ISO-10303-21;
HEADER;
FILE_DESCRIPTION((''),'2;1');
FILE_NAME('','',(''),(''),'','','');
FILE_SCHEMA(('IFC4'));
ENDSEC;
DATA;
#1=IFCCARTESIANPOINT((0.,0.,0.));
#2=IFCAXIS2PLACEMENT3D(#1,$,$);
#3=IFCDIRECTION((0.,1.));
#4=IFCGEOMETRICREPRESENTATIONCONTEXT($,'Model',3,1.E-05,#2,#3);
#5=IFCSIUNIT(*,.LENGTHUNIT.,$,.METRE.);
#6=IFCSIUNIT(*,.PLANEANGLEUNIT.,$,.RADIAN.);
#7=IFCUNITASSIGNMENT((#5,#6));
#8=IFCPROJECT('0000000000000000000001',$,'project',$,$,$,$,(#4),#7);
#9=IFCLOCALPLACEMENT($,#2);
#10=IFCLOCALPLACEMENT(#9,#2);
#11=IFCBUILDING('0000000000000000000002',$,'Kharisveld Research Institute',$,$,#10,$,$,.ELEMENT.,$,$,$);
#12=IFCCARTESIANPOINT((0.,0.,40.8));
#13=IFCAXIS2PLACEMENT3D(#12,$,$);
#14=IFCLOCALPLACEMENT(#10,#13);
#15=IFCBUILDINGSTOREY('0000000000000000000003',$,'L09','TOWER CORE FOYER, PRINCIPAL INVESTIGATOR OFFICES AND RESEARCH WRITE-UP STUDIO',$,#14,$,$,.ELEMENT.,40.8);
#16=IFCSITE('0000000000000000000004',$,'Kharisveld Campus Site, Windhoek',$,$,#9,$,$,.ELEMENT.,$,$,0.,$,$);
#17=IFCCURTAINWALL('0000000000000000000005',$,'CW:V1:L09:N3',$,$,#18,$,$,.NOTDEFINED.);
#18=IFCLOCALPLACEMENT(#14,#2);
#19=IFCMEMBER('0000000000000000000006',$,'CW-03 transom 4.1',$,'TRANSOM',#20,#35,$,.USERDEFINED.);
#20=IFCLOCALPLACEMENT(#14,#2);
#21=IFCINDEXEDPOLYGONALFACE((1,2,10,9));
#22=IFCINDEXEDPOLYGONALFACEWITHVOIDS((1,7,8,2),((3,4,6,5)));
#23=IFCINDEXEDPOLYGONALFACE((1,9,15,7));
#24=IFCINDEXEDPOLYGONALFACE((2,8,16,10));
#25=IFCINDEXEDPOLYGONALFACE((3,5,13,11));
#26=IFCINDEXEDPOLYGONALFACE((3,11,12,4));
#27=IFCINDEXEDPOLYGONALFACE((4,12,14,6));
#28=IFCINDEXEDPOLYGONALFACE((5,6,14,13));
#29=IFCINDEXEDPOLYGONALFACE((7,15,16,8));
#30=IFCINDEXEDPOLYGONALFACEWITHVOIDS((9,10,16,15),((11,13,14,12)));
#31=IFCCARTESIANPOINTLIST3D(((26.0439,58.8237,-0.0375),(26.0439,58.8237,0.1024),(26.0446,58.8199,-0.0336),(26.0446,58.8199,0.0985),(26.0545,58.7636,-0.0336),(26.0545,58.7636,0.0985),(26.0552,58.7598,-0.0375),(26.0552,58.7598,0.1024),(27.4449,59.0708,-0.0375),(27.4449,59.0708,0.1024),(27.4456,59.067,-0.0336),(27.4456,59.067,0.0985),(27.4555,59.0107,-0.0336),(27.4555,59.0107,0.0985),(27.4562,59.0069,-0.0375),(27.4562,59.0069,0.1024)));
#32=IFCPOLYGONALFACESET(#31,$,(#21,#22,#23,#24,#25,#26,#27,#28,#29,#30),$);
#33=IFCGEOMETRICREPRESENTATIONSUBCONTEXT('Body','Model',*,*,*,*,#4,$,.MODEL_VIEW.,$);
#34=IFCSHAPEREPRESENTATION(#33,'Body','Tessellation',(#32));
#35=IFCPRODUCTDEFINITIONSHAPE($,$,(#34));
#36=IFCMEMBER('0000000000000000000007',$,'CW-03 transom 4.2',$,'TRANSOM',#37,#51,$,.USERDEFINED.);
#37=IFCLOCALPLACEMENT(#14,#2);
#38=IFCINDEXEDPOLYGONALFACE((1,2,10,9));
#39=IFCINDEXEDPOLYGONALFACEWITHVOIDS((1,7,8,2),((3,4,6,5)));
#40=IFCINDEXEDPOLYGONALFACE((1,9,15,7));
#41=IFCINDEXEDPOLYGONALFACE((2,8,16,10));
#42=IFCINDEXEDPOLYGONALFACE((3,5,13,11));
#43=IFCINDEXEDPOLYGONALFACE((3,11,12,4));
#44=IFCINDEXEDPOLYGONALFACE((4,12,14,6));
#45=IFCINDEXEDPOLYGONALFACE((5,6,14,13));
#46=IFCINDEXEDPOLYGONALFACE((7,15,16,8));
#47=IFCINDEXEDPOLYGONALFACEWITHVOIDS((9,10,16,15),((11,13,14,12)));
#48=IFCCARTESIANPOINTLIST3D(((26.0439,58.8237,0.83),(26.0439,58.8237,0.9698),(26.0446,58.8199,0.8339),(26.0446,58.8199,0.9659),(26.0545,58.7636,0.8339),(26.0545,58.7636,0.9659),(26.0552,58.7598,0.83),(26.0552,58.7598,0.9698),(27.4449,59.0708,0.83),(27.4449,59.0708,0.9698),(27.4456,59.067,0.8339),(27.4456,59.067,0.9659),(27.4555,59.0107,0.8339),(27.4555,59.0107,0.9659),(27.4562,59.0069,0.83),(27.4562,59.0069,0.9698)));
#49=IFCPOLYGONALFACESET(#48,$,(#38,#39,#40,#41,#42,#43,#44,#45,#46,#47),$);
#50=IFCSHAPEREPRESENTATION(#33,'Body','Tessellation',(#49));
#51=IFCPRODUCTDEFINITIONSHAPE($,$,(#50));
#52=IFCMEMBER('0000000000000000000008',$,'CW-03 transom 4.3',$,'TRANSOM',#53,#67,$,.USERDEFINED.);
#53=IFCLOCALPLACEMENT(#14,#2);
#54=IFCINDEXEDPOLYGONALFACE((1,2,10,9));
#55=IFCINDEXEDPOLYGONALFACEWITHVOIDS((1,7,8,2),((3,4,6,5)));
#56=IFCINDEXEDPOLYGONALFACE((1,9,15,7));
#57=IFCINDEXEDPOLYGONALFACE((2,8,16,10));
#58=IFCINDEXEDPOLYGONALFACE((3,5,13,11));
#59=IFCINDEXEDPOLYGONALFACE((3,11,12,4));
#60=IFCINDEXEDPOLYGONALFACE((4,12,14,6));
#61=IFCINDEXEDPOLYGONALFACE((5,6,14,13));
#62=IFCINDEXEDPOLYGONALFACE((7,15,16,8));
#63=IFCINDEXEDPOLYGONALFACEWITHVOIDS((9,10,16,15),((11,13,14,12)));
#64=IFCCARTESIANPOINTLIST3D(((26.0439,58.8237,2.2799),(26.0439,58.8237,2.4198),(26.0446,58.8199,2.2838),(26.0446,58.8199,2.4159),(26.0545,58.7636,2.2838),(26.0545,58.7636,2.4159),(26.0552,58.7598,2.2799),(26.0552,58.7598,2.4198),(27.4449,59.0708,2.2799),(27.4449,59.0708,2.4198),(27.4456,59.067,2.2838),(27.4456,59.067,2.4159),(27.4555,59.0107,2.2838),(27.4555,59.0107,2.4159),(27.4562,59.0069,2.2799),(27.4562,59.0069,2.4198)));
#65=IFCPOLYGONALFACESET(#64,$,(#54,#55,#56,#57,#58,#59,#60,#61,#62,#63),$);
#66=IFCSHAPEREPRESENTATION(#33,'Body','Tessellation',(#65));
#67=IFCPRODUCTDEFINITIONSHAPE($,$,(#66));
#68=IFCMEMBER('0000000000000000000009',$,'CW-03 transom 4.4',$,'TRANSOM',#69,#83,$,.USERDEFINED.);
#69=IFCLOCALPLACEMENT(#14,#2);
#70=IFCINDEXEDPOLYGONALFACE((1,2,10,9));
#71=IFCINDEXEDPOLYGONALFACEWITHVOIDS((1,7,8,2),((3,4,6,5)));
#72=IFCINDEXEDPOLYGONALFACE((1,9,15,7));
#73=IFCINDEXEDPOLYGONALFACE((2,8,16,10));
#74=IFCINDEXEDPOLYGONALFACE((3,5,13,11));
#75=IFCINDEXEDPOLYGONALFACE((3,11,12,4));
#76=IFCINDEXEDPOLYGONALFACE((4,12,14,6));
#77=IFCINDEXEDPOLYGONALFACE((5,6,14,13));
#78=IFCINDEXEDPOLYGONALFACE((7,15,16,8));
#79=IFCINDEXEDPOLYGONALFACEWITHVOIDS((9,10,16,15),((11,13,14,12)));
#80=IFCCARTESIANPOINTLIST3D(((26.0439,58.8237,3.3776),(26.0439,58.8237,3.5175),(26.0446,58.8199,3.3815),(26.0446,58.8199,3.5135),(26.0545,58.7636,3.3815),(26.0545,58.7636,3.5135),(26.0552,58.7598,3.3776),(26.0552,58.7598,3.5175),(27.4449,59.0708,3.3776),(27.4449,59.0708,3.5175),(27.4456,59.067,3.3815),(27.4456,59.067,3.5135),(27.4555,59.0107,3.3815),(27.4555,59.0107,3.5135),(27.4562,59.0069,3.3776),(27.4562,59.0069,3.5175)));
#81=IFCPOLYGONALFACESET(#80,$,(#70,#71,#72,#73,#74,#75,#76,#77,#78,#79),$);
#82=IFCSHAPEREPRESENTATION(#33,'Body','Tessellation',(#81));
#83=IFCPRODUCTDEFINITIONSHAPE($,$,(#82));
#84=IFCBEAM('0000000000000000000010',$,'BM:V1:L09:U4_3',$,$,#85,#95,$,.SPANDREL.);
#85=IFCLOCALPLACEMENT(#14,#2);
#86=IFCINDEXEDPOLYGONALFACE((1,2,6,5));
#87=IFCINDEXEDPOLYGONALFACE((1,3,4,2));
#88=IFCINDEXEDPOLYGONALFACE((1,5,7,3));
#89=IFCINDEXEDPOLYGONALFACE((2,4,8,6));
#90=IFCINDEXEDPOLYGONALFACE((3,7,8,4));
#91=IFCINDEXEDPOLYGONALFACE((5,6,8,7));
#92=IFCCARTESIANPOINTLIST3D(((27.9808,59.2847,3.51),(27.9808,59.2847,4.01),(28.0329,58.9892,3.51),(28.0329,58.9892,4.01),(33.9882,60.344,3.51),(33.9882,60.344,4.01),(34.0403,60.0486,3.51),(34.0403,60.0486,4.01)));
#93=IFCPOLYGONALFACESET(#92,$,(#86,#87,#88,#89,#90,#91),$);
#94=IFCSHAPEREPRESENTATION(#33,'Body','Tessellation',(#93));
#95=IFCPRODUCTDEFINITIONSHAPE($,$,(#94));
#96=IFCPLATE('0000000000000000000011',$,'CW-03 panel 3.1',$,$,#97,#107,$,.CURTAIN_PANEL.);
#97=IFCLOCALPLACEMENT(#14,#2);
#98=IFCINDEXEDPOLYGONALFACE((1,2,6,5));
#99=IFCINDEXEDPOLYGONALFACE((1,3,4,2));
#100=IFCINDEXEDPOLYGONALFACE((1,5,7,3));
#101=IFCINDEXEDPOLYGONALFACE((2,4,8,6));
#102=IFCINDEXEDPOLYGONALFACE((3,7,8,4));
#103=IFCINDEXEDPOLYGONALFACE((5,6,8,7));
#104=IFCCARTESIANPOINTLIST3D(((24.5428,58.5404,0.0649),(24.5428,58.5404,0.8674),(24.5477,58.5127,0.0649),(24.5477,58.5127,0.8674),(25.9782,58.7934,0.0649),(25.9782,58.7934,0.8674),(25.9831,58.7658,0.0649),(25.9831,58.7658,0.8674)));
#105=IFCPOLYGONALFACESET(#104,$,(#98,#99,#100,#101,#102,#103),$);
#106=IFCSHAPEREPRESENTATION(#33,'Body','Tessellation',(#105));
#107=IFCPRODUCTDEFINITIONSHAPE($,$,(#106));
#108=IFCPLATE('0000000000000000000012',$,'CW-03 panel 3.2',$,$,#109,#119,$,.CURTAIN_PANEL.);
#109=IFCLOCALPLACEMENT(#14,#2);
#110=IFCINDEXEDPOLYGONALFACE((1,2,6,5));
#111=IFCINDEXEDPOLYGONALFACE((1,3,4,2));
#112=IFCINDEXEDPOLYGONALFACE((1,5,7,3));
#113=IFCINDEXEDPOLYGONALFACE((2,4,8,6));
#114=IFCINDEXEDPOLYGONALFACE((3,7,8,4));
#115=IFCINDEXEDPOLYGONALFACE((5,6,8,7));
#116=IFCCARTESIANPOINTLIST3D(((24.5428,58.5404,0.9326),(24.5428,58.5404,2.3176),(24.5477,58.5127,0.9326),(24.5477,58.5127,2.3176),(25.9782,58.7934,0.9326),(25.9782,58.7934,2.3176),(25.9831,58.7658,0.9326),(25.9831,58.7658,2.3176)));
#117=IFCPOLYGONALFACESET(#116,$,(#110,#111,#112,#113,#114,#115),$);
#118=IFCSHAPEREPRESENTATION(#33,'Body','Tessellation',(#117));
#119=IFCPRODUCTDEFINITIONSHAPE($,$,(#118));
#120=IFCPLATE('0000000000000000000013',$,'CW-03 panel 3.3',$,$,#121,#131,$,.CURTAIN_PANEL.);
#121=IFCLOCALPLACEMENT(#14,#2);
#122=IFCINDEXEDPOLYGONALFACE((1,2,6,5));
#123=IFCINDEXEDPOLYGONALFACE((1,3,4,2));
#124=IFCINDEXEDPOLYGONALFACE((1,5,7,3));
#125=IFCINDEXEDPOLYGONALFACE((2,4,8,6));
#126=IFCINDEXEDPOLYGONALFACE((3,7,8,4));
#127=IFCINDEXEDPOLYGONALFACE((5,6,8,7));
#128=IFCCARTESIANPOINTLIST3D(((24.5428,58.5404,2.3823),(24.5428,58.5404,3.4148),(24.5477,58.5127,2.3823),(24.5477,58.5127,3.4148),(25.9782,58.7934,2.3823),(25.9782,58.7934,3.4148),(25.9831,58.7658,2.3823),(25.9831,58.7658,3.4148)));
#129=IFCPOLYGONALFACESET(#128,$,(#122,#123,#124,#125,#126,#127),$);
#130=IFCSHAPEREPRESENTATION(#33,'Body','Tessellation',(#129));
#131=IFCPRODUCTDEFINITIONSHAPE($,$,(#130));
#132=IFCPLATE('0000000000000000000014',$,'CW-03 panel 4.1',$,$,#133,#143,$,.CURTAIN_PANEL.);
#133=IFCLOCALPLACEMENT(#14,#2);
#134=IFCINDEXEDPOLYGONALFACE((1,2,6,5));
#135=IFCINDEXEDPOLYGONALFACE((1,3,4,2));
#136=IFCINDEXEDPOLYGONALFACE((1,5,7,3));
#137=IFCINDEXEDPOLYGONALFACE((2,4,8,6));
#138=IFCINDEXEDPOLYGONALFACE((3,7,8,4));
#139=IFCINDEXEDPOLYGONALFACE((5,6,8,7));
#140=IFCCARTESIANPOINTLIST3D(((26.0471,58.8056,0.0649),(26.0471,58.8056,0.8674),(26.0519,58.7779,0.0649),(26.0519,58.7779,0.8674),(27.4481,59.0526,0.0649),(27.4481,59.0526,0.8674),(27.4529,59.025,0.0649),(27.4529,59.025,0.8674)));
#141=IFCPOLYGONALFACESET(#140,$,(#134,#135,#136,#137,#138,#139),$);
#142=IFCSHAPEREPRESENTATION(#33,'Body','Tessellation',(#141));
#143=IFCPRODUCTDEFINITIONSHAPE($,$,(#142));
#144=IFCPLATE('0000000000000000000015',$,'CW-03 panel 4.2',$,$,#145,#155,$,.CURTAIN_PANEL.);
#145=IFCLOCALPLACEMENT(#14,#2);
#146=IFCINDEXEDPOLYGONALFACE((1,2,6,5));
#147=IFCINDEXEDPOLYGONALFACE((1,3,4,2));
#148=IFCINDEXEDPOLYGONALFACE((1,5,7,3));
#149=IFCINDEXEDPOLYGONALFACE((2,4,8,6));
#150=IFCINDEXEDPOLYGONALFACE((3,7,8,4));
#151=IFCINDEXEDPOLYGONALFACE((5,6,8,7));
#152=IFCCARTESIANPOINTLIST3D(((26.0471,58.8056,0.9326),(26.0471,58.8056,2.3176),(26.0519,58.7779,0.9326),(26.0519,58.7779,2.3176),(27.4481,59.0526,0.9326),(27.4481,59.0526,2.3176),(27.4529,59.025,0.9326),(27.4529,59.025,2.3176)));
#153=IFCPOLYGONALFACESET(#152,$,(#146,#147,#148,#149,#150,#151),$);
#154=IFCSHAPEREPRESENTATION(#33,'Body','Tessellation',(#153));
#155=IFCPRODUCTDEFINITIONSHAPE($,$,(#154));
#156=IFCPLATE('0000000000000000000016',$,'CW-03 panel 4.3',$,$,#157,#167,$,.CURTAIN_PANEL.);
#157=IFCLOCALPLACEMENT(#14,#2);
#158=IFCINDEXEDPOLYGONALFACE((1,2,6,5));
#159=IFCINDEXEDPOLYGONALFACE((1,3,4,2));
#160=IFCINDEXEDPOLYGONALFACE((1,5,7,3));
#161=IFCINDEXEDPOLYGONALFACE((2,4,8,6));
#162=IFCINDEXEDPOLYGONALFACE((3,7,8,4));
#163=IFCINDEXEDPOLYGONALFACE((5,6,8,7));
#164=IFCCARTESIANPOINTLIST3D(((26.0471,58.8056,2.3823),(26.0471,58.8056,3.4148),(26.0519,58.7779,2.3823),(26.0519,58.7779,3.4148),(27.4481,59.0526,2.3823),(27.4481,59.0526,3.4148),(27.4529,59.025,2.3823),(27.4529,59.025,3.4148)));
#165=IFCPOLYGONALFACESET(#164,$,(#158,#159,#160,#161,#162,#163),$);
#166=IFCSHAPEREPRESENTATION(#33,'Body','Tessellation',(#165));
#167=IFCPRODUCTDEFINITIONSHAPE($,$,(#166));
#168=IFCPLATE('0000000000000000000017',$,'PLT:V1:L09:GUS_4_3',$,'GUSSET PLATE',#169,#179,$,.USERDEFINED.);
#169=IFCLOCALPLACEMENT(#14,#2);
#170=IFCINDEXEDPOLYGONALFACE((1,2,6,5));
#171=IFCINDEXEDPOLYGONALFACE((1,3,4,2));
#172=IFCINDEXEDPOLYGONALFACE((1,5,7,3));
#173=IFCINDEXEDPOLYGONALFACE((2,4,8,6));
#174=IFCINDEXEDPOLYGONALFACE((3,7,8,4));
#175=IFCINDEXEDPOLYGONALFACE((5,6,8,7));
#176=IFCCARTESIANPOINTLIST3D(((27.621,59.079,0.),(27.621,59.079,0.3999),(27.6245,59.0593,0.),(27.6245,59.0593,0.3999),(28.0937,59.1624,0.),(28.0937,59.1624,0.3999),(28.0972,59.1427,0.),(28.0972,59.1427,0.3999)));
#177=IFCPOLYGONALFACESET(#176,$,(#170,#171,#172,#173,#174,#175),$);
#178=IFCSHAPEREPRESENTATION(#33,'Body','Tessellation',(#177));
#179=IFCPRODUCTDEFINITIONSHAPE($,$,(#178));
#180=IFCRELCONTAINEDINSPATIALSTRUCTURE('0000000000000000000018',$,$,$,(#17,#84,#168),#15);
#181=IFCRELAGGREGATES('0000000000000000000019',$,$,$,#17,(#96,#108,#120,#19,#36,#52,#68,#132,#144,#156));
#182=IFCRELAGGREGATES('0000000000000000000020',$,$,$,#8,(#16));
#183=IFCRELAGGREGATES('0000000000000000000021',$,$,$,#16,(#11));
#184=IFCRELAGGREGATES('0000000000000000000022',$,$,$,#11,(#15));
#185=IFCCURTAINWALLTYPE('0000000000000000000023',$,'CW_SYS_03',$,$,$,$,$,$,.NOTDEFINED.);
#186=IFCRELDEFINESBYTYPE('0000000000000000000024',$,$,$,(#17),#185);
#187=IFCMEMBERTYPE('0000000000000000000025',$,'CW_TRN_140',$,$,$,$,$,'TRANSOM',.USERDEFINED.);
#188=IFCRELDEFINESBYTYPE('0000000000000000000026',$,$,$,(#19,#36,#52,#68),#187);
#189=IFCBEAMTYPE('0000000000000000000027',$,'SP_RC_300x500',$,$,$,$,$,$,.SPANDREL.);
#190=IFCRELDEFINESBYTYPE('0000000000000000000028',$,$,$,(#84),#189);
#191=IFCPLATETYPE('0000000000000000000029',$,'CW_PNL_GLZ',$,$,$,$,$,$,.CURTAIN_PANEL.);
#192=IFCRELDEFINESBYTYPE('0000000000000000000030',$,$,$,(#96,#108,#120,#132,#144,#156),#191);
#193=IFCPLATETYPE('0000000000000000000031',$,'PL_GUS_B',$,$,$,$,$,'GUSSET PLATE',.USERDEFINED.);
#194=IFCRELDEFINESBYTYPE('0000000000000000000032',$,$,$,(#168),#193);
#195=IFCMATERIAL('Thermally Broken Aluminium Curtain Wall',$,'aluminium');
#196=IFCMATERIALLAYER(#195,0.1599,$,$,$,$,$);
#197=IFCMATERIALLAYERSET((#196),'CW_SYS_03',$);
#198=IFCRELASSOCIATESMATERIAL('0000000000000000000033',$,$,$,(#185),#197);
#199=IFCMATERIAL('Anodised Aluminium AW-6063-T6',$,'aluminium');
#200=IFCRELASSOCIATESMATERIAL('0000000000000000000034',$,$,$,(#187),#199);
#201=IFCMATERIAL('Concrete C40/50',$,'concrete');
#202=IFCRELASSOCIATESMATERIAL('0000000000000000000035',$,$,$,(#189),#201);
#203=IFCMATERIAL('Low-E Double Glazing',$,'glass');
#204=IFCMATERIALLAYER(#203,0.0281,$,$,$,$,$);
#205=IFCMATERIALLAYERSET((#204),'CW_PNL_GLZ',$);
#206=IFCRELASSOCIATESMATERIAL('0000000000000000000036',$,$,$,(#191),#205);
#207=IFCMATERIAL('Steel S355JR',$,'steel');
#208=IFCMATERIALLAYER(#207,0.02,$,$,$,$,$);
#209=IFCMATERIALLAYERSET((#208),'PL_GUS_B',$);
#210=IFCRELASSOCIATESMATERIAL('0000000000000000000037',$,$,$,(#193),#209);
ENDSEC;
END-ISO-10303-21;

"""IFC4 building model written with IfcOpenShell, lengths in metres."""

from ifc_helpers import new_model, si_unit, direction, frame, origin, origin_2d, place, context, subcontext, project, spatial, rectangle, hollow_rectangle, extrude, material, layer, layer_set, material_profile, profile_set, type_object, element, aggregate, save


model = new_model("IFC4")

# Units and contexts
model_context = context("Model", 3, precision=1e-05, world=origin(), true_north=direction((0.0, 1.0)))
body_context = subcontext(model_context, "Body", "Model", "MODEL_VIEW")
ifc_project = project(units=[si_unit("LENGTHUNIT", "METRE"), si_unit("PLANEANGLEUNIT", "RADIAN")], contexts=[model_context])

# Site, building, storey
site_placement = place(None, origin())
site = spatial("IfcSite", under=ifc_project, at=site_placement, Name="Kharisveld Campus Site, Windhoek", CompositionType="ELEMENT", RefElevation=0.0)
building_placement = place(site_placement, origin())
building = spatial("IfcBuilding", under=site, at=building_placement, Name="Kharisveld Research Institute", CompositionType="ELEMENT")
storey_placement = place(building_placement, frame((0.0, 0.0, 40.8)))
storey = spatial("IfcBuildingStorey", under=building, at=storey_placement, Name="L09", Description="TOWER CORE FOYER, PRINCIPAL INVESTIGATOR OFFICES AND RESEARCH WRITE-UP STUDIO", CompositionType="ELEMENT", Elevation=40.8)

# Curtain wall, members
ifc_material_1 = material(Name="Thermally Broken Aluminium Curtain Wall", Category="aluminium")
ifc_layer_1 = layer(ifc_material_1, 0.1599)
ifc_layer_set_1 = layer_set([ifc_layer_1], Name="CW_SYS_03")
curtain_wall_type = type_object("IfcCurtainWallType", Name="CW_SYS_03", PredefinedType="NOTDEFINED", material=ifc_layer_set_1)
curtain_wall_placement = place(storey_placement, origin())
curtain_wall = element("IfcCurtainWall", 1, at=curtain_wall_placement, inside=storey, type_object=curtain_wall_type, Name="CW:V1:L09:N3", PredefinedType="NOTDEFINED")
ifc_material_2 = material(Name="Anodised Aluminium AW-6063-T6", Category="aluminium")
ifc_material_profile_1 = material_profile(ifc_material_2, hollow_rectangle(XDim=0.0649, YDim=0.1399, WallThickness=0.0039, at=origin_2d()))
ifc_profile_set_1 = profile_set([ifc_material_profile_1], Name="Anodised Aluminium AW-6063-T6")
member_type_1 = type_object("IfcMemberType", Name="CW_TRN_140", ElementType="TRANSOM", PredefinedType="USERDEFINED", material=ifc_profile_set_1)
member_1_placement = place(storey_placement, frame((26.0496, 58.7917, 0.0325), z_axis=(0.984801, 0.173687, 0.0), x_axis=(-0.173687, 0.984801, 0.0)))
member_1 = element("IfcMember", 2, at=member_1_placement, type_object=member_type_1, Name="CW-03 transom 4.1", ObjectType="TRANSOM", PredefinedType="USERDEFINED", context=body_context, shape_type="SweptSolid", body=[
    extrude(hollow_rectangle(XDim=0.0649, YDim=0.1399, WallThickness=0.0039, at=origin_2d()), origin(), (0.0, 0.0, 1.0), 1.4226),
])
member_2_placement = place(storey_placement, frame((26.0496, 58.7917, 0.8999), z_axis=(0.984801, 0.173687, 0.0), x_axis=(-0.173687, 0.984801, 0.0)))
member_2 = element("IfcMember", 3, at=member_2_placement, type_object=member_type_1, Name="CW-03 transom 4.2", ObjectType="TRANSOM", PredefinedType="USERDEFINED", context=body_context, shape_type="SweptSolid", body=[
    extrude(hollow_rectangle(XDim=0.0649, YDim=0.1399, WallThickness=0.0039, at=origin_2d()), origin(), (0.0, 0.0, 1.0), 1.4226),
])
member_3_placement = place(storey_placement, frame((26.0496, 58.7917, 2.3499), z_axis=(0.984801, 0.173687, 0.0), x_axis=(-0.173687, 0.984801, 0.0)))
member_3 = element("IfcMember", 4, at=member_3_placement, type_object=member_type_1, Name="CW-03 transom 4.3", ObjectType="TRANSOM", PredefinedType="USERDEFINED", context=body_context, shape_type="SweptSolid", body=[
    extrude(hollow_rectangle(XDim=0.0649, YDim=0.1399, WallThickness=0.0039, at=origin_2d()), origin(), (0.0, 0.0, 1.0), 1.4226),
])
member_4_placement = place(storey_placement, frame((26.0496, 58.7917, 3.4475), z_axis=(0.984801, 0.173687, 0.0), x_axis=(-0.173687, 0.984801, 0.0)))
member_4 = element("IfcMember", 5, at=member_4_placement, type_object=member_type_1, Name="CW-03 transom 4.4", ObjectType="TRANSOM", PredefinedType="USERDEFINED", context=body_context, shape_type="SweptSolid", body=[
    extrude(hollow_rectangle(XDim=0.0649, YDim=0.1399, WallThickness=0.0039, at=origin_2d()), origin(), (0.0, 0.0, 1.0), 1.4226),
])

# Beam
ifc_material_3 = material(Name="Concrete C40/50", Category="concrete")
ifc_material_profile_2 = material_profile(ifc_material_3, rectangle(XDim=0.3, YDim=0.5, at=origin_2d()))
ifc_profile_set_2 = profile_set([ifc_material_profile_2], Name="Concrete C40/50")
beam_type_1 = type_object("IfcBeamType", Name="SP_RC_300x500", PredefinedType="SPANDREL", material=ifc_profile_set_2)
beam_1_placement = place(storey_placement, frame((28.0068, 59.137, 3.76), z_axis=(0.984806, 0.17366, 0.0), x_axis=(-0.17366, 0.984806, 0.0)))
element("IfcBeam", 6, at=beam_1_placement, inside=storey, type_object=beam_type_1, Name="BM:V1:L09:U4_3", PredefinedType="SPANDREL", context=body_context, shape_type="SweptSolid", body=[
    extrude(rectangle(XDim=0.3, YDim=0.5, at=origin_2d()), origin(), (0.0, 0.0, 1.0), 6.1001),
])

# Plates
ifc_material_4 = material(Name="Low-E Double Glazing", Category="glass")
ifc_layer_2 = layer(ifc_material_4, 0.0281)
ifc_layer_set_2 = layer_set([ifc_layer_2], Name="CW_PNL_GLZ")
plate_type_1 = type_object("IfcPlateType", Name="CW_PNL_GLZ", PredefinedType="CURTAIN_PANEL", material=ifc_layer_set_2)
plate_1_placement = place(storey_placement, frame((25.2629, 58.6531, 0.0649), z_axis=(0.0, 0.0, 1.0), x_axis=(0.984808, 0.173648, 0.0)))
plate_1 = element("IfcPlate", 7, at=plate_1_placement, type_object=plate_type_1, Name="CW-03 panel 3.1", PredefinedType="CURTAIN_PANEL", context=body_context, shape_type="SweptSolid", body=[
    extrude(rectangle(XDim=1.4575, YDim=0.0281, at=origin_2d()), origin(), (0.0, 0.0, 1.0), 0.8025),
])
plate_2_placement = place(storey_placement, frame((25.2629, 58.6531, 0.9326), z_axis=(0.0, 0.0, 1.0), x_axis=(0.984808, 0.173648, 0.0)))
plate_2 = element("IfcPlate", 8, at=plate_2_placement, type_object=plate_type_1, Name="CW-03 panel 3.2", PredefinedType="CURTAIN_PANEL", context=body_context, shape_type="SweptSolid", body=[
    extrude(rectangle(XDim=1.4575, YDim=0.0281, at=origin_2d()), origin(), (0.0, 0.0, 1.0), 1.385),
])
plate_3_placement = place(storey_placement, frame((25.2629, 58.6531, 2.3823), z_axis=(0.0, 0.0, 1.0), x_axis=(0.984808, 0.173648, 0.0)))
plate_3 = element("IfcPlate", 9, at=plate_3_placement, type_object=plate_type_1, Name="CW-03 panel 3.3", PredefinedType="CURTAIN_PANEL", context=body_context, shape_type="SweptSolid", body=[
    extrude(rectangle(XDim=1.4575, YDim=0.0281, at=origin_2d()), origin(), (0.0, 0.0, 1.0), 1.0325),
])
plate_4_placement = place(storey_placement, frame((26.75, 58.9153, 0.0649), z_axis=(0.0, 0.0, 1.0), x_axis=(0.984808, 0.173648, 0.0)))
plate_4 = element("IfcPlate", 10, at=plate_4_placement, type_object=plate_type_1, Name="CW-03 panel 4.1", PredefinedType="CURTAIN_PANEL", context=body_context, shape_type="SweptSolid", body=[
    extrude(rectangle(XDim=1.4226, YDim=0.0281, at=origin_2d()), origin(), (0.0, 0.0, 1.0), 0.8025),
])
plate_5_placement = place(storey_placement, frame((26.75, 58.9153, 0.9326), z_axis=(0.0, 0.0, 1.0), x_axis=(0.984808, 0.173648, 0.0)))
plate_5 = element("IfcPlate", 11, at=plate_5_placement, type_object=plate_type_1, Name="CW-03 panel 4.2", PredefinedType="CURTAIN_PANEL", context=body_context, shape_type="SweptSolid", body=[
    extrude(rectangle(XDim=1.4226, YDim=0.0281, at=origin_2d()), origin(), (0.0, 0.0, 1.0), 1.385),
])
plate_6_placement = place(storey_placement, frame((26.75, 58.9153, 2.3823), z_axis=(0.0, 0.0, 1.0), x_axis=(0.984808, 0.173648, 0.0)))
plate_6 = element("IfcPlate", 12, at=plate_6_placement, type_object=plate_type_1, Name="CW-03 panel 4.3", PredefinedType="CURTAIN_PANEL", context=body_context, shape_type="SweptSolid", body=[
    extrude(rectangle(XDim=1.4226, YDim=0.0281, at=origin_2d()), origin(), (0.0, 0.0, 1.0), 1.0325),
])
aggregate(curtain_wall, [plate_1, plate_2, plate_3, member_1, member_2, member_3, member_4, plate_4, plate_5, plate_6])
ifc_material_5 = material(Name="Steel S355JR", Category="steel")
ifc_layer_3 = layer(ifc_material_5, 0.02)
ifc_layer_set_3 = layer_set([ifc_layer_3], Name="PL_GUS_B")
plate_type_2 = type_object("IfcPlateType", Name="PL_GUS_B", ElementType="GUSSET PLATE", PredefinedType="USERDEFINED", material=ifc_layer_set_3)
plate_7_placement = place(storey_placement, frame((27.8591, 59.1108, 0.0), z_axis=(0.0, 0.0, 1.0), x_axis=(0.984808, 0.173648, 0.0)))
element("IfcPlate", 13, at=plate_7_placement, inside=storey, type_object=plate_type_2, Name="PLT:V1:L09:GUS_4_3", ObjectType="GUSSET PLATE", PredefinedType="USERDEFINED", context=body_context, shape_type="SweptSolid", body=[
    extrude(rectangle(XDim=0.48, YDim=0.02, at=origin_2d()), origin(), (0.0, 0.0, 1.0), 0.3999),
])

save(model, "model.ifc")
